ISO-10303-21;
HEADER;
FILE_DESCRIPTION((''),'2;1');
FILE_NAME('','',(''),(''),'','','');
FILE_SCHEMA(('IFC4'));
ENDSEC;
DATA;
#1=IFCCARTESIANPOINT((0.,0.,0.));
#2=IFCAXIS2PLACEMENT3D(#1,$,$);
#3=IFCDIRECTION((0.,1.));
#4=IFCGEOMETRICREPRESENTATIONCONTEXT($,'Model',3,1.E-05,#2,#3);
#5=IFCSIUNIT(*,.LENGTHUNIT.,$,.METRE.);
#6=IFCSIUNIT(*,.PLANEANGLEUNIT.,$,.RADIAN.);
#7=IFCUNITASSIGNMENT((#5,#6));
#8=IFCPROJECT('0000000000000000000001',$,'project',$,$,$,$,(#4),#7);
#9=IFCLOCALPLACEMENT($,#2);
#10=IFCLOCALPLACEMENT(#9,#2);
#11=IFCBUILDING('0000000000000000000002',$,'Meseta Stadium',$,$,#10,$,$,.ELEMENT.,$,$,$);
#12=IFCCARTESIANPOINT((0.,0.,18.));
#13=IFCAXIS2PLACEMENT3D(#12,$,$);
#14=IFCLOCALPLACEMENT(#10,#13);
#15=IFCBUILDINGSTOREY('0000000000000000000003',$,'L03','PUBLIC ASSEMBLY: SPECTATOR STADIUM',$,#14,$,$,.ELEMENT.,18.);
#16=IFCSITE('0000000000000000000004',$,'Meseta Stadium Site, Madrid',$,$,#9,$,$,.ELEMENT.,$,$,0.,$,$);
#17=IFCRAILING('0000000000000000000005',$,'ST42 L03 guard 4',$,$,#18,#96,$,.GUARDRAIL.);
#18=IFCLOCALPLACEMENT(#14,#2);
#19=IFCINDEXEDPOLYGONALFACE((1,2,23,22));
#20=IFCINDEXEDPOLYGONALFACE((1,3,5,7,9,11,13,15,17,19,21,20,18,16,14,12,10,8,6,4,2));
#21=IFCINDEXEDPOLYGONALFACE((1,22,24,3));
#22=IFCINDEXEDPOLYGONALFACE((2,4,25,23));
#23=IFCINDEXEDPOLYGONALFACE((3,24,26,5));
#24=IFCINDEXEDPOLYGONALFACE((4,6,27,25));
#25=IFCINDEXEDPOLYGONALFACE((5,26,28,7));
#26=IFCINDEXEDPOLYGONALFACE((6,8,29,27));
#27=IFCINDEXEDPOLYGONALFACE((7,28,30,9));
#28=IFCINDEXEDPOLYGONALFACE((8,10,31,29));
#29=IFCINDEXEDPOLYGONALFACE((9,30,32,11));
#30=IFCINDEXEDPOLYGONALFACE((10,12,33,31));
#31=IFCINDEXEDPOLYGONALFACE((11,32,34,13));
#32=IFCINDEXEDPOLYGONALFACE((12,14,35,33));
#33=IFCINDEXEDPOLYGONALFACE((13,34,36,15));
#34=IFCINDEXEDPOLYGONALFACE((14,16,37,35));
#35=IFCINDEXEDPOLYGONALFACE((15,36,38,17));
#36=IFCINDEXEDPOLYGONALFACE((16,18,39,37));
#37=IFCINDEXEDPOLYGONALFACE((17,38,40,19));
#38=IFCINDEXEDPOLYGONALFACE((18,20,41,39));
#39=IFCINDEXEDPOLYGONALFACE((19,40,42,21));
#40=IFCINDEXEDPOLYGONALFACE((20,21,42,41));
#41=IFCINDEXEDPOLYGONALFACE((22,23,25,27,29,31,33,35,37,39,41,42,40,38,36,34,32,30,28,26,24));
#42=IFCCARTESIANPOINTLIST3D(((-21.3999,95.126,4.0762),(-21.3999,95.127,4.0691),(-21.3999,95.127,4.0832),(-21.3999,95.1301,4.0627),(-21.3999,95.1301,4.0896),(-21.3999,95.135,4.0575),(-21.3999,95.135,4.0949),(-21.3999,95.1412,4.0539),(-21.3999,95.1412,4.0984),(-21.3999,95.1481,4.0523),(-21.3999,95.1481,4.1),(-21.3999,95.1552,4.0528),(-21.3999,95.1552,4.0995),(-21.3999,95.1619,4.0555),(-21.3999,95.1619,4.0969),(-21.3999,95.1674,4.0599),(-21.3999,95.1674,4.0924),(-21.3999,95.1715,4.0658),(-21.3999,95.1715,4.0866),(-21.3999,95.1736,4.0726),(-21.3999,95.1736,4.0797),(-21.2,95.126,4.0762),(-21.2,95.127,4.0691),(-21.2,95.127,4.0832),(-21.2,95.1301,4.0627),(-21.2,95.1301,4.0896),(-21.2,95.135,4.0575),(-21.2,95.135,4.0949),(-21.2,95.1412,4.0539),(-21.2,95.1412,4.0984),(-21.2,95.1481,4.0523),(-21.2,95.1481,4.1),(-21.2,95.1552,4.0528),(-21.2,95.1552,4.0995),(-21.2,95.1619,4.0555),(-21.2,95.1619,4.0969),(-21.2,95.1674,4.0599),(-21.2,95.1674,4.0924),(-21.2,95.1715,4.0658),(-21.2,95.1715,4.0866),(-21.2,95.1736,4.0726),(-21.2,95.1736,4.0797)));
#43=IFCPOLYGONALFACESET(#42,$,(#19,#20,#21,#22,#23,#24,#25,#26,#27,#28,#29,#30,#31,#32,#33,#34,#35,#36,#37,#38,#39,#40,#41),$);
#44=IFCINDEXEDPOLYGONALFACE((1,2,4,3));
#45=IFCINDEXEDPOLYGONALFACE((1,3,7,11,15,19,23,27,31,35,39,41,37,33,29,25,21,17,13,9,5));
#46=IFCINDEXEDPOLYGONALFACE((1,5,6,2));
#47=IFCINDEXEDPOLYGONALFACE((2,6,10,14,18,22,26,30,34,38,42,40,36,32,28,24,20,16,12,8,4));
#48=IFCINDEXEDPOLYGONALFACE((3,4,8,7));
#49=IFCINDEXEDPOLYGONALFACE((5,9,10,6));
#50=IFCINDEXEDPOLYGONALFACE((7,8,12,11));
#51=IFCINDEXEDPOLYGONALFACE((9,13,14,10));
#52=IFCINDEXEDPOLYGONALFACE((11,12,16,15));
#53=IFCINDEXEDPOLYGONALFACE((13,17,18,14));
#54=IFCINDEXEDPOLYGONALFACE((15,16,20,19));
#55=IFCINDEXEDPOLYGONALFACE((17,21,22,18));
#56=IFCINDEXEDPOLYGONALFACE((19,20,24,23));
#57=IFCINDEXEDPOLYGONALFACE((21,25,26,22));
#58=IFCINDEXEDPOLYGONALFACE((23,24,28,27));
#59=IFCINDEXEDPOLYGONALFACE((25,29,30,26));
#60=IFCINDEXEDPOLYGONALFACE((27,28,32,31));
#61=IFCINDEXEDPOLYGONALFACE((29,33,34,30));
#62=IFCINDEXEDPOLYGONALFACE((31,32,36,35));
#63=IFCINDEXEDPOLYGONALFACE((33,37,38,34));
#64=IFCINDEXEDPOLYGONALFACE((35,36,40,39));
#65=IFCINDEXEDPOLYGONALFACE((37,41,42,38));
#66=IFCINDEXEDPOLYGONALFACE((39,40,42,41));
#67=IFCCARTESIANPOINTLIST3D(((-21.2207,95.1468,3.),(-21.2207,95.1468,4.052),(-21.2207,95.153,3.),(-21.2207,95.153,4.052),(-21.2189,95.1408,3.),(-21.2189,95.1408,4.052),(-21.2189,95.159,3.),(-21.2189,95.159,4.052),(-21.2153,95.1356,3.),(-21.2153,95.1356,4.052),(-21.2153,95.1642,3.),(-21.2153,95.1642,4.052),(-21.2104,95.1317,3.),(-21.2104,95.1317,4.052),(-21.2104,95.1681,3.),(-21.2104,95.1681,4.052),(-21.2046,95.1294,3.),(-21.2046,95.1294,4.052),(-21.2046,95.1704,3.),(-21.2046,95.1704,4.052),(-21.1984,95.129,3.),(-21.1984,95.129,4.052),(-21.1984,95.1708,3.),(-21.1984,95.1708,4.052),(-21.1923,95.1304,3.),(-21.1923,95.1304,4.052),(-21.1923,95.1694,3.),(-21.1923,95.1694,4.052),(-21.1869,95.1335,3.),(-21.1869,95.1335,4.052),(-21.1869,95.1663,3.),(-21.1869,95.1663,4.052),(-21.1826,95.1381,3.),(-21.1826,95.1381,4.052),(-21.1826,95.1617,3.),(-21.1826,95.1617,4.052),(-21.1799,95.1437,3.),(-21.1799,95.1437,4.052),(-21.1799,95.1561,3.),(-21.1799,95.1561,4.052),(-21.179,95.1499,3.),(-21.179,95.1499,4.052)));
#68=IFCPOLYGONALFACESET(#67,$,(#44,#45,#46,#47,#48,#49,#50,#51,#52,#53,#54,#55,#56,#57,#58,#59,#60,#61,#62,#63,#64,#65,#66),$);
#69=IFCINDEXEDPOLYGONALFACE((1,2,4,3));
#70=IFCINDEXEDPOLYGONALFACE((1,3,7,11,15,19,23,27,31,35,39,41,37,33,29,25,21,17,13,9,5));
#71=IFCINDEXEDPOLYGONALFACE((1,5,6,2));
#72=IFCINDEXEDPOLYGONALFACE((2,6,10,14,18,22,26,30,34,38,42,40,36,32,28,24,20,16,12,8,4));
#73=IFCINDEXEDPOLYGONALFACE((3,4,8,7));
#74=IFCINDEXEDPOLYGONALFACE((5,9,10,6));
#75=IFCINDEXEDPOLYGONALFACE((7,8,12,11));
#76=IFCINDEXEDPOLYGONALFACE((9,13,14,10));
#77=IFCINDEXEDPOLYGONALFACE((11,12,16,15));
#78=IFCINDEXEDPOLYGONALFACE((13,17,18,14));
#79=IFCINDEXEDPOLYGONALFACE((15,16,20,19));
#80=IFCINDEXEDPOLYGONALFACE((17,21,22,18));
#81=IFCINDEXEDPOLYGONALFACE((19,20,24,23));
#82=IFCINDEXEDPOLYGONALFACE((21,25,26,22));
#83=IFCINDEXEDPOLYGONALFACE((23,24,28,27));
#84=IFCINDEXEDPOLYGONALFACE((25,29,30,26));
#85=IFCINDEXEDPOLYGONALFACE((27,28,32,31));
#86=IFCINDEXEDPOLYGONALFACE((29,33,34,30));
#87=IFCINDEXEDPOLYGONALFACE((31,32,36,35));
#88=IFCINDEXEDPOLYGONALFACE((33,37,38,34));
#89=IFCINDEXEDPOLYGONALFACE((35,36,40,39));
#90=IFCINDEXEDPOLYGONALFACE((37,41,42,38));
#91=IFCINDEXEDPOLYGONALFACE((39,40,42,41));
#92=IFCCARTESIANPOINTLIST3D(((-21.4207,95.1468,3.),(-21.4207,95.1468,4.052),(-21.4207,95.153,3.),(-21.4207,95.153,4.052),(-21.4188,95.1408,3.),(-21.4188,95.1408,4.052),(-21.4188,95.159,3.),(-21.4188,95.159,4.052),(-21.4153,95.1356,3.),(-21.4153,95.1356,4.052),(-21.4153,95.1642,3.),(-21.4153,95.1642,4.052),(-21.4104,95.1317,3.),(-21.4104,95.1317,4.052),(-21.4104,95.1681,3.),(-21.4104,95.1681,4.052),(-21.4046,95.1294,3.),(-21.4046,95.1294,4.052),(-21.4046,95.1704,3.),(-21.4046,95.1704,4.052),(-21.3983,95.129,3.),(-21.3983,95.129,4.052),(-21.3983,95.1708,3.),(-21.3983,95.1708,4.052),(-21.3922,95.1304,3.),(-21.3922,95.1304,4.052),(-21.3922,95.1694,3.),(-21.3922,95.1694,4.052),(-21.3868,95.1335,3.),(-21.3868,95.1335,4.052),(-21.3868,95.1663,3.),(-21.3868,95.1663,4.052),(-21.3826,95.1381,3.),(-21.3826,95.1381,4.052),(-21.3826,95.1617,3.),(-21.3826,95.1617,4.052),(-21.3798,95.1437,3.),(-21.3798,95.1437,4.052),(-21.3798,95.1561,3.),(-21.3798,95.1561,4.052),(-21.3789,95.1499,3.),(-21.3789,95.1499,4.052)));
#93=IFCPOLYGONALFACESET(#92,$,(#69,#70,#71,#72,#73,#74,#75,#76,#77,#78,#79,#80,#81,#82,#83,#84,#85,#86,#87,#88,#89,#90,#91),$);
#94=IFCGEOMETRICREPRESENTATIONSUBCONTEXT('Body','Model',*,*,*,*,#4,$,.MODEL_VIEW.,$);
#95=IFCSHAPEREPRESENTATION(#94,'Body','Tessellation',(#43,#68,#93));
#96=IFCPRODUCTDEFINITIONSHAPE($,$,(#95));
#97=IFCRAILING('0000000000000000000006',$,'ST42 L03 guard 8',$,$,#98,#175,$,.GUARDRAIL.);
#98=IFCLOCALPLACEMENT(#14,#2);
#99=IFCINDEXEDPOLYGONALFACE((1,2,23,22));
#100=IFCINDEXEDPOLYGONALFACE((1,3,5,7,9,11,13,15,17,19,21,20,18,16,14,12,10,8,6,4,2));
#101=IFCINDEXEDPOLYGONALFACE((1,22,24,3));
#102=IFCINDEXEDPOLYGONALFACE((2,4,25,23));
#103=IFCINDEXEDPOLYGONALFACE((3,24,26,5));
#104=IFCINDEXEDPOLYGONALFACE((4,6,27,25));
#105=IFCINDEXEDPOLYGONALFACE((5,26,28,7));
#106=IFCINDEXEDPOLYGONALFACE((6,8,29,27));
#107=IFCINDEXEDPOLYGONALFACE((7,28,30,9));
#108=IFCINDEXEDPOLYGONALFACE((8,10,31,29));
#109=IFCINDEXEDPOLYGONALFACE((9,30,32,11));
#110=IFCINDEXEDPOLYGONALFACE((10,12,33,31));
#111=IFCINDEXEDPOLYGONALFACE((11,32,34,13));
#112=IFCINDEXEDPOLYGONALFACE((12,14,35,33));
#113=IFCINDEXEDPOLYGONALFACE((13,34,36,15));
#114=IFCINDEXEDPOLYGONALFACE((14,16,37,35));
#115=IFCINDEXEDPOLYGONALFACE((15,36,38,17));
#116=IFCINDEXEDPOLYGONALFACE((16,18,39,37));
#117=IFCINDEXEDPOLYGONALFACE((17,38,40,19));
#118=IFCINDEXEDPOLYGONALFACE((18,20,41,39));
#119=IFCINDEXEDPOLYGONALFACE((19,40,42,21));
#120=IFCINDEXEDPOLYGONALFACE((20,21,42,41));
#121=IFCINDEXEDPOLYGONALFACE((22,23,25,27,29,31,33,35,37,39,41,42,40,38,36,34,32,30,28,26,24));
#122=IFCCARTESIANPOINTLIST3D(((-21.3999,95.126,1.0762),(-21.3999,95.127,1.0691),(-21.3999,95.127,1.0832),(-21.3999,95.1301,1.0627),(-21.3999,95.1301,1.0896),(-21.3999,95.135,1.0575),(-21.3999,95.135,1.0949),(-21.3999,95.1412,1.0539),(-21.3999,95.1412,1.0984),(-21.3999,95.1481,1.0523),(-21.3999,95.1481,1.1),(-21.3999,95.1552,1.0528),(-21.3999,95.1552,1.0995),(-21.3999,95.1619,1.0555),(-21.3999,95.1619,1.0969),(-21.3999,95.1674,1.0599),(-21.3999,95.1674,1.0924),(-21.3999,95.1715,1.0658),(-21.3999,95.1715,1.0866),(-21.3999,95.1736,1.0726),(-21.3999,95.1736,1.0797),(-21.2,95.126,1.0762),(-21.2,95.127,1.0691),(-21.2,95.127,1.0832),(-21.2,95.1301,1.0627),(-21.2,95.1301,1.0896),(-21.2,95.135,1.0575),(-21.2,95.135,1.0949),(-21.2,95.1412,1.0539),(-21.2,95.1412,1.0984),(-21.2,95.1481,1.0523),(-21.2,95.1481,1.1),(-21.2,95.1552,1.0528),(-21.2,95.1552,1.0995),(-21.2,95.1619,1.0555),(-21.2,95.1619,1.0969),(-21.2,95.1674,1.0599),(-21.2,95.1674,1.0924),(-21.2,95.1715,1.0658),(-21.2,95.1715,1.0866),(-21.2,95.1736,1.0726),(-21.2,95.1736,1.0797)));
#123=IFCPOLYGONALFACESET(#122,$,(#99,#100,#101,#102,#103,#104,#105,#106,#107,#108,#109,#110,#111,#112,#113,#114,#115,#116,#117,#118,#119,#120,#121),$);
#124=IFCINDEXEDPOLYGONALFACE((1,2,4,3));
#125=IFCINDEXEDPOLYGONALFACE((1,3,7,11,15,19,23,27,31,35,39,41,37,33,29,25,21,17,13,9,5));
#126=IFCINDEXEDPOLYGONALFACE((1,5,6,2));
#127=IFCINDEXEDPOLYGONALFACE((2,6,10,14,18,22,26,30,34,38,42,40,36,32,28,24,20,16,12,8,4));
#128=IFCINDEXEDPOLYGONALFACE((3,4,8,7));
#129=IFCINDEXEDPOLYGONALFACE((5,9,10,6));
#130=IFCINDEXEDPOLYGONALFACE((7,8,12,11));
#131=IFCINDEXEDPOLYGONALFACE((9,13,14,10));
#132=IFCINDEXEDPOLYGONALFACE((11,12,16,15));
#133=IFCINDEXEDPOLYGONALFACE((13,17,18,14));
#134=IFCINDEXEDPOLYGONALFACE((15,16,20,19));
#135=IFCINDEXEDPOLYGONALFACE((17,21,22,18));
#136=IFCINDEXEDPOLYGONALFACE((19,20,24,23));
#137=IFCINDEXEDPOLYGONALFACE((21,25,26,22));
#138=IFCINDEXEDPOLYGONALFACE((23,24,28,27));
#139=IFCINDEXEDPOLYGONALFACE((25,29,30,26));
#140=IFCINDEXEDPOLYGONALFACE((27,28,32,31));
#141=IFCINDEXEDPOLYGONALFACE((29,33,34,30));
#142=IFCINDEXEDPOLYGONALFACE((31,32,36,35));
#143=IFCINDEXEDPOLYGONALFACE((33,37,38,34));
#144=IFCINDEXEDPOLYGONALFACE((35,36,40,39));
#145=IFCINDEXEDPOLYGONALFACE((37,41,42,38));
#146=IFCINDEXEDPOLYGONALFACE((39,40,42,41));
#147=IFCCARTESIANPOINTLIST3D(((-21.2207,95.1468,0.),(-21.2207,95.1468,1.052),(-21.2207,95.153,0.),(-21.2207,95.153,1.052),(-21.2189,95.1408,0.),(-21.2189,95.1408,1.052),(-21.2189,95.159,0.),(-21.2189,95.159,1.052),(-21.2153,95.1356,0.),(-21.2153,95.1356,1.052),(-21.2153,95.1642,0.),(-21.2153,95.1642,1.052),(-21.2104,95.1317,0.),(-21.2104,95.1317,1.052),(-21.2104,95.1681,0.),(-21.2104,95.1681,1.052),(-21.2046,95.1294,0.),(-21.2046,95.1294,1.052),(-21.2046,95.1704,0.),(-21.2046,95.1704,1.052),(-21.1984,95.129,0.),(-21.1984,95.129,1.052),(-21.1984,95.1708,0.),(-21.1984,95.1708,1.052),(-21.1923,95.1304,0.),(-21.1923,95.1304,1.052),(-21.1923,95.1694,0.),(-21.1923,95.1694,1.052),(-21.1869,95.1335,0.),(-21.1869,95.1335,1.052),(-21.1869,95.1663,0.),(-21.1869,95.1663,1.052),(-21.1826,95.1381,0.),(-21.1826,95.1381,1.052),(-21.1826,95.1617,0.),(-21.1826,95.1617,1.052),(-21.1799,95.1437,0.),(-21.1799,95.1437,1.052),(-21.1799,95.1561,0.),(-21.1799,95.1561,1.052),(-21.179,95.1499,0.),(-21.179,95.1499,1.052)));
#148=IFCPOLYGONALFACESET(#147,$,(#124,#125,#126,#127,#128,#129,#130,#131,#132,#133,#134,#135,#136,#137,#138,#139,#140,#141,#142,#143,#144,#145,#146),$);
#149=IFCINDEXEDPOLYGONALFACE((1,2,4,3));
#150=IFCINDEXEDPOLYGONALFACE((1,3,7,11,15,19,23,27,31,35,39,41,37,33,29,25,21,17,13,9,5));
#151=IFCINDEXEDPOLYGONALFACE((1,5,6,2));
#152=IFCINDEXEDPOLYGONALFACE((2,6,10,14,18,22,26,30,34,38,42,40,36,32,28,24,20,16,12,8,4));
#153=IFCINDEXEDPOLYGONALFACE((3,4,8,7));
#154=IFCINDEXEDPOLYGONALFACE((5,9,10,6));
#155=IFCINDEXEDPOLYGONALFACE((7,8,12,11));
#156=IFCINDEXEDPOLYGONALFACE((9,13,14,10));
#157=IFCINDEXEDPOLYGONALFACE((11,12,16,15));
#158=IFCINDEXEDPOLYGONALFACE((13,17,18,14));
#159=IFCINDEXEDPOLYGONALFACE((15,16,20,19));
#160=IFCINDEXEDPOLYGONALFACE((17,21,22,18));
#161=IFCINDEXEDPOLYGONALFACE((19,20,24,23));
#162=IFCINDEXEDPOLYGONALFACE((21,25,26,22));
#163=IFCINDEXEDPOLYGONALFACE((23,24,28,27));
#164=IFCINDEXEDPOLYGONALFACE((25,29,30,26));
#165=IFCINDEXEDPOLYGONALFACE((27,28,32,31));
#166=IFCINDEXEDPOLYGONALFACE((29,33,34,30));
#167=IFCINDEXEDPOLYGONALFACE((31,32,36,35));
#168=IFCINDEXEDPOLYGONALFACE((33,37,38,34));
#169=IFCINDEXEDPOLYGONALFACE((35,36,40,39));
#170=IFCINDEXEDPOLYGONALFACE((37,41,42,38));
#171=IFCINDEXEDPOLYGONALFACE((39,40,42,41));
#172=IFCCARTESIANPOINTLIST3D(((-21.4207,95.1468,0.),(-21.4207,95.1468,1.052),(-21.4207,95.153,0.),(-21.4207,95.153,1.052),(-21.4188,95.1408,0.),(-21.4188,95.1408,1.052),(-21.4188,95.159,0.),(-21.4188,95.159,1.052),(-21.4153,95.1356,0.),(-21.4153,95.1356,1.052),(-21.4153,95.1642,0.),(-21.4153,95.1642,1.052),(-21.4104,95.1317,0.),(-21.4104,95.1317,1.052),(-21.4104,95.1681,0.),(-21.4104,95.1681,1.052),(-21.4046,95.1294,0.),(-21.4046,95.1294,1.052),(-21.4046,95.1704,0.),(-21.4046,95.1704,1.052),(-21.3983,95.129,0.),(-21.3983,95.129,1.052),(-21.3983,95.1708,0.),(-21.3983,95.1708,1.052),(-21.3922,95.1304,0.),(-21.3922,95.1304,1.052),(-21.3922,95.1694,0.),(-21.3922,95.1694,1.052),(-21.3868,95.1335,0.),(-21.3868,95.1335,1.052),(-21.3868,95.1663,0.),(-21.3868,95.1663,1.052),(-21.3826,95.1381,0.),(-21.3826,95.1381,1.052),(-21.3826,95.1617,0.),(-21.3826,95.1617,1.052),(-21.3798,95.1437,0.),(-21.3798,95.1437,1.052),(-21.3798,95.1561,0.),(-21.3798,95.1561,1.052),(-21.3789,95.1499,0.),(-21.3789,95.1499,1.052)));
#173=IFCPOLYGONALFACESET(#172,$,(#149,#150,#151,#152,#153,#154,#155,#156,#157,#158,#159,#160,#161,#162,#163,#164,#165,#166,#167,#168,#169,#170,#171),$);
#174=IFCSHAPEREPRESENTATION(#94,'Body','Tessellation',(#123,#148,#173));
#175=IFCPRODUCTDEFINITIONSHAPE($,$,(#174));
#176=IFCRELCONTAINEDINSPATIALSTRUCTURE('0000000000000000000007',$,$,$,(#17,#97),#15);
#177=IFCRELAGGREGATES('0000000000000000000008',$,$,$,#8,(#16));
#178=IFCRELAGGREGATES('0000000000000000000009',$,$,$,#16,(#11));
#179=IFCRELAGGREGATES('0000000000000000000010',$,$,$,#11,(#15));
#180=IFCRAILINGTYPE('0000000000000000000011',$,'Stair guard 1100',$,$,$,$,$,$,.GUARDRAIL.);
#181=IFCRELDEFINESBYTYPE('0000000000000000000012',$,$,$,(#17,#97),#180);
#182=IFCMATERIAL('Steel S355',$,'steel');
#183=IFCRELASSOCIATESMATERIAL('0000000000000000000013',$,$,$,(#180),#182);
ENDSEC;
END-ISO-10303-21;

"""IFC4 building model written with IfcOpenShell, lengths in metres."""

from ifc_helpers import new_model, si_unit, direction, frame, origin, origin_2d, place, context, subcontext, project, spatial, circle, extrude, material, type_object, element, save


model = new_model("IFC4")

# Units and contexts
model_context = context("Model", 3, precision=1e-05, world=origin(), true_north=direction((0.0, 1.0)))
body_context = subcontext(model_context, "Body", "Model", "MODEL_VIEW")
ifc_project = project(units=[si_unit("LENGTHUNIT", "METRE"), si_unit("PLANEANGLEUNIT", "RADIAN")], contexts=[model_context])

# Site, building, storey
site_placement = place(None, origin())
site = spatial("IfcSite", under=ifc_project, at=site_placement, Name="Meseta Stadium Site, Madrid", CompositionType="ELEMENT", RefElevation=0.0)
building_placement = place(site_placement, origin())
building = spatial("IfcBuilding", under=site, at=building_placement, Name="Meseta Stadium", CompositionType="ELEMENT")
storey_placement = place(building_placement, frame((0.0, 0.0, 18.0)))
storey = spatial("IfcBuildingStorey", under=building, at=storey_placement, Name="L03", Description="PUBLIC ASSEMBLY: SPECTATOR STADIUM", CompositionType="ELEMENT", Elevation=18.0)

# Railings
ifc_material_1 = material(Name="Steel S355", Category="steel")
railing_type_1 = type_object("IfcRailingType", Name="Stair guard 1100", PredefinedType="GUARDRAIL", material=ifc_material_1)
for number, where, name in (
    (1, (-21.2, 95.1499, 3.0), "ST42 L03 guard 4"),
    (2, (-21.2, 95.1499, 0.0), "ST42 L03 guard 8"),
):
    element("IfcRailing", number, at=place(storey_placement, frame(where)), inside=storey, type_object=railing_type_1, Name=name, PredefinedType="GUARDRAIL", context=body_context, shape_type="SweptSolid", body=[
        extrude(circle(Radius=0.0239, at=origin_2d()), frame((0.0, 0.0, 1.0762), z_axis=(-1.0, 0.0, 0.0), x_axis=(0.0, -1.0, 0.0)), (0.0, 0.0, 1.0), 0.2),
        extrude(circle(Radius=0.021, at=origin_2d()), origin(), (0.0, 0.0, 1.0), 1.052),
        extrude(circle(Radius=0.021, at=origin_2d()), frame((-0.2, 0.0, 0.0)), (0.0, 0.0, 1.0), 1.052),
    ])

save(model, "model.ifc")
